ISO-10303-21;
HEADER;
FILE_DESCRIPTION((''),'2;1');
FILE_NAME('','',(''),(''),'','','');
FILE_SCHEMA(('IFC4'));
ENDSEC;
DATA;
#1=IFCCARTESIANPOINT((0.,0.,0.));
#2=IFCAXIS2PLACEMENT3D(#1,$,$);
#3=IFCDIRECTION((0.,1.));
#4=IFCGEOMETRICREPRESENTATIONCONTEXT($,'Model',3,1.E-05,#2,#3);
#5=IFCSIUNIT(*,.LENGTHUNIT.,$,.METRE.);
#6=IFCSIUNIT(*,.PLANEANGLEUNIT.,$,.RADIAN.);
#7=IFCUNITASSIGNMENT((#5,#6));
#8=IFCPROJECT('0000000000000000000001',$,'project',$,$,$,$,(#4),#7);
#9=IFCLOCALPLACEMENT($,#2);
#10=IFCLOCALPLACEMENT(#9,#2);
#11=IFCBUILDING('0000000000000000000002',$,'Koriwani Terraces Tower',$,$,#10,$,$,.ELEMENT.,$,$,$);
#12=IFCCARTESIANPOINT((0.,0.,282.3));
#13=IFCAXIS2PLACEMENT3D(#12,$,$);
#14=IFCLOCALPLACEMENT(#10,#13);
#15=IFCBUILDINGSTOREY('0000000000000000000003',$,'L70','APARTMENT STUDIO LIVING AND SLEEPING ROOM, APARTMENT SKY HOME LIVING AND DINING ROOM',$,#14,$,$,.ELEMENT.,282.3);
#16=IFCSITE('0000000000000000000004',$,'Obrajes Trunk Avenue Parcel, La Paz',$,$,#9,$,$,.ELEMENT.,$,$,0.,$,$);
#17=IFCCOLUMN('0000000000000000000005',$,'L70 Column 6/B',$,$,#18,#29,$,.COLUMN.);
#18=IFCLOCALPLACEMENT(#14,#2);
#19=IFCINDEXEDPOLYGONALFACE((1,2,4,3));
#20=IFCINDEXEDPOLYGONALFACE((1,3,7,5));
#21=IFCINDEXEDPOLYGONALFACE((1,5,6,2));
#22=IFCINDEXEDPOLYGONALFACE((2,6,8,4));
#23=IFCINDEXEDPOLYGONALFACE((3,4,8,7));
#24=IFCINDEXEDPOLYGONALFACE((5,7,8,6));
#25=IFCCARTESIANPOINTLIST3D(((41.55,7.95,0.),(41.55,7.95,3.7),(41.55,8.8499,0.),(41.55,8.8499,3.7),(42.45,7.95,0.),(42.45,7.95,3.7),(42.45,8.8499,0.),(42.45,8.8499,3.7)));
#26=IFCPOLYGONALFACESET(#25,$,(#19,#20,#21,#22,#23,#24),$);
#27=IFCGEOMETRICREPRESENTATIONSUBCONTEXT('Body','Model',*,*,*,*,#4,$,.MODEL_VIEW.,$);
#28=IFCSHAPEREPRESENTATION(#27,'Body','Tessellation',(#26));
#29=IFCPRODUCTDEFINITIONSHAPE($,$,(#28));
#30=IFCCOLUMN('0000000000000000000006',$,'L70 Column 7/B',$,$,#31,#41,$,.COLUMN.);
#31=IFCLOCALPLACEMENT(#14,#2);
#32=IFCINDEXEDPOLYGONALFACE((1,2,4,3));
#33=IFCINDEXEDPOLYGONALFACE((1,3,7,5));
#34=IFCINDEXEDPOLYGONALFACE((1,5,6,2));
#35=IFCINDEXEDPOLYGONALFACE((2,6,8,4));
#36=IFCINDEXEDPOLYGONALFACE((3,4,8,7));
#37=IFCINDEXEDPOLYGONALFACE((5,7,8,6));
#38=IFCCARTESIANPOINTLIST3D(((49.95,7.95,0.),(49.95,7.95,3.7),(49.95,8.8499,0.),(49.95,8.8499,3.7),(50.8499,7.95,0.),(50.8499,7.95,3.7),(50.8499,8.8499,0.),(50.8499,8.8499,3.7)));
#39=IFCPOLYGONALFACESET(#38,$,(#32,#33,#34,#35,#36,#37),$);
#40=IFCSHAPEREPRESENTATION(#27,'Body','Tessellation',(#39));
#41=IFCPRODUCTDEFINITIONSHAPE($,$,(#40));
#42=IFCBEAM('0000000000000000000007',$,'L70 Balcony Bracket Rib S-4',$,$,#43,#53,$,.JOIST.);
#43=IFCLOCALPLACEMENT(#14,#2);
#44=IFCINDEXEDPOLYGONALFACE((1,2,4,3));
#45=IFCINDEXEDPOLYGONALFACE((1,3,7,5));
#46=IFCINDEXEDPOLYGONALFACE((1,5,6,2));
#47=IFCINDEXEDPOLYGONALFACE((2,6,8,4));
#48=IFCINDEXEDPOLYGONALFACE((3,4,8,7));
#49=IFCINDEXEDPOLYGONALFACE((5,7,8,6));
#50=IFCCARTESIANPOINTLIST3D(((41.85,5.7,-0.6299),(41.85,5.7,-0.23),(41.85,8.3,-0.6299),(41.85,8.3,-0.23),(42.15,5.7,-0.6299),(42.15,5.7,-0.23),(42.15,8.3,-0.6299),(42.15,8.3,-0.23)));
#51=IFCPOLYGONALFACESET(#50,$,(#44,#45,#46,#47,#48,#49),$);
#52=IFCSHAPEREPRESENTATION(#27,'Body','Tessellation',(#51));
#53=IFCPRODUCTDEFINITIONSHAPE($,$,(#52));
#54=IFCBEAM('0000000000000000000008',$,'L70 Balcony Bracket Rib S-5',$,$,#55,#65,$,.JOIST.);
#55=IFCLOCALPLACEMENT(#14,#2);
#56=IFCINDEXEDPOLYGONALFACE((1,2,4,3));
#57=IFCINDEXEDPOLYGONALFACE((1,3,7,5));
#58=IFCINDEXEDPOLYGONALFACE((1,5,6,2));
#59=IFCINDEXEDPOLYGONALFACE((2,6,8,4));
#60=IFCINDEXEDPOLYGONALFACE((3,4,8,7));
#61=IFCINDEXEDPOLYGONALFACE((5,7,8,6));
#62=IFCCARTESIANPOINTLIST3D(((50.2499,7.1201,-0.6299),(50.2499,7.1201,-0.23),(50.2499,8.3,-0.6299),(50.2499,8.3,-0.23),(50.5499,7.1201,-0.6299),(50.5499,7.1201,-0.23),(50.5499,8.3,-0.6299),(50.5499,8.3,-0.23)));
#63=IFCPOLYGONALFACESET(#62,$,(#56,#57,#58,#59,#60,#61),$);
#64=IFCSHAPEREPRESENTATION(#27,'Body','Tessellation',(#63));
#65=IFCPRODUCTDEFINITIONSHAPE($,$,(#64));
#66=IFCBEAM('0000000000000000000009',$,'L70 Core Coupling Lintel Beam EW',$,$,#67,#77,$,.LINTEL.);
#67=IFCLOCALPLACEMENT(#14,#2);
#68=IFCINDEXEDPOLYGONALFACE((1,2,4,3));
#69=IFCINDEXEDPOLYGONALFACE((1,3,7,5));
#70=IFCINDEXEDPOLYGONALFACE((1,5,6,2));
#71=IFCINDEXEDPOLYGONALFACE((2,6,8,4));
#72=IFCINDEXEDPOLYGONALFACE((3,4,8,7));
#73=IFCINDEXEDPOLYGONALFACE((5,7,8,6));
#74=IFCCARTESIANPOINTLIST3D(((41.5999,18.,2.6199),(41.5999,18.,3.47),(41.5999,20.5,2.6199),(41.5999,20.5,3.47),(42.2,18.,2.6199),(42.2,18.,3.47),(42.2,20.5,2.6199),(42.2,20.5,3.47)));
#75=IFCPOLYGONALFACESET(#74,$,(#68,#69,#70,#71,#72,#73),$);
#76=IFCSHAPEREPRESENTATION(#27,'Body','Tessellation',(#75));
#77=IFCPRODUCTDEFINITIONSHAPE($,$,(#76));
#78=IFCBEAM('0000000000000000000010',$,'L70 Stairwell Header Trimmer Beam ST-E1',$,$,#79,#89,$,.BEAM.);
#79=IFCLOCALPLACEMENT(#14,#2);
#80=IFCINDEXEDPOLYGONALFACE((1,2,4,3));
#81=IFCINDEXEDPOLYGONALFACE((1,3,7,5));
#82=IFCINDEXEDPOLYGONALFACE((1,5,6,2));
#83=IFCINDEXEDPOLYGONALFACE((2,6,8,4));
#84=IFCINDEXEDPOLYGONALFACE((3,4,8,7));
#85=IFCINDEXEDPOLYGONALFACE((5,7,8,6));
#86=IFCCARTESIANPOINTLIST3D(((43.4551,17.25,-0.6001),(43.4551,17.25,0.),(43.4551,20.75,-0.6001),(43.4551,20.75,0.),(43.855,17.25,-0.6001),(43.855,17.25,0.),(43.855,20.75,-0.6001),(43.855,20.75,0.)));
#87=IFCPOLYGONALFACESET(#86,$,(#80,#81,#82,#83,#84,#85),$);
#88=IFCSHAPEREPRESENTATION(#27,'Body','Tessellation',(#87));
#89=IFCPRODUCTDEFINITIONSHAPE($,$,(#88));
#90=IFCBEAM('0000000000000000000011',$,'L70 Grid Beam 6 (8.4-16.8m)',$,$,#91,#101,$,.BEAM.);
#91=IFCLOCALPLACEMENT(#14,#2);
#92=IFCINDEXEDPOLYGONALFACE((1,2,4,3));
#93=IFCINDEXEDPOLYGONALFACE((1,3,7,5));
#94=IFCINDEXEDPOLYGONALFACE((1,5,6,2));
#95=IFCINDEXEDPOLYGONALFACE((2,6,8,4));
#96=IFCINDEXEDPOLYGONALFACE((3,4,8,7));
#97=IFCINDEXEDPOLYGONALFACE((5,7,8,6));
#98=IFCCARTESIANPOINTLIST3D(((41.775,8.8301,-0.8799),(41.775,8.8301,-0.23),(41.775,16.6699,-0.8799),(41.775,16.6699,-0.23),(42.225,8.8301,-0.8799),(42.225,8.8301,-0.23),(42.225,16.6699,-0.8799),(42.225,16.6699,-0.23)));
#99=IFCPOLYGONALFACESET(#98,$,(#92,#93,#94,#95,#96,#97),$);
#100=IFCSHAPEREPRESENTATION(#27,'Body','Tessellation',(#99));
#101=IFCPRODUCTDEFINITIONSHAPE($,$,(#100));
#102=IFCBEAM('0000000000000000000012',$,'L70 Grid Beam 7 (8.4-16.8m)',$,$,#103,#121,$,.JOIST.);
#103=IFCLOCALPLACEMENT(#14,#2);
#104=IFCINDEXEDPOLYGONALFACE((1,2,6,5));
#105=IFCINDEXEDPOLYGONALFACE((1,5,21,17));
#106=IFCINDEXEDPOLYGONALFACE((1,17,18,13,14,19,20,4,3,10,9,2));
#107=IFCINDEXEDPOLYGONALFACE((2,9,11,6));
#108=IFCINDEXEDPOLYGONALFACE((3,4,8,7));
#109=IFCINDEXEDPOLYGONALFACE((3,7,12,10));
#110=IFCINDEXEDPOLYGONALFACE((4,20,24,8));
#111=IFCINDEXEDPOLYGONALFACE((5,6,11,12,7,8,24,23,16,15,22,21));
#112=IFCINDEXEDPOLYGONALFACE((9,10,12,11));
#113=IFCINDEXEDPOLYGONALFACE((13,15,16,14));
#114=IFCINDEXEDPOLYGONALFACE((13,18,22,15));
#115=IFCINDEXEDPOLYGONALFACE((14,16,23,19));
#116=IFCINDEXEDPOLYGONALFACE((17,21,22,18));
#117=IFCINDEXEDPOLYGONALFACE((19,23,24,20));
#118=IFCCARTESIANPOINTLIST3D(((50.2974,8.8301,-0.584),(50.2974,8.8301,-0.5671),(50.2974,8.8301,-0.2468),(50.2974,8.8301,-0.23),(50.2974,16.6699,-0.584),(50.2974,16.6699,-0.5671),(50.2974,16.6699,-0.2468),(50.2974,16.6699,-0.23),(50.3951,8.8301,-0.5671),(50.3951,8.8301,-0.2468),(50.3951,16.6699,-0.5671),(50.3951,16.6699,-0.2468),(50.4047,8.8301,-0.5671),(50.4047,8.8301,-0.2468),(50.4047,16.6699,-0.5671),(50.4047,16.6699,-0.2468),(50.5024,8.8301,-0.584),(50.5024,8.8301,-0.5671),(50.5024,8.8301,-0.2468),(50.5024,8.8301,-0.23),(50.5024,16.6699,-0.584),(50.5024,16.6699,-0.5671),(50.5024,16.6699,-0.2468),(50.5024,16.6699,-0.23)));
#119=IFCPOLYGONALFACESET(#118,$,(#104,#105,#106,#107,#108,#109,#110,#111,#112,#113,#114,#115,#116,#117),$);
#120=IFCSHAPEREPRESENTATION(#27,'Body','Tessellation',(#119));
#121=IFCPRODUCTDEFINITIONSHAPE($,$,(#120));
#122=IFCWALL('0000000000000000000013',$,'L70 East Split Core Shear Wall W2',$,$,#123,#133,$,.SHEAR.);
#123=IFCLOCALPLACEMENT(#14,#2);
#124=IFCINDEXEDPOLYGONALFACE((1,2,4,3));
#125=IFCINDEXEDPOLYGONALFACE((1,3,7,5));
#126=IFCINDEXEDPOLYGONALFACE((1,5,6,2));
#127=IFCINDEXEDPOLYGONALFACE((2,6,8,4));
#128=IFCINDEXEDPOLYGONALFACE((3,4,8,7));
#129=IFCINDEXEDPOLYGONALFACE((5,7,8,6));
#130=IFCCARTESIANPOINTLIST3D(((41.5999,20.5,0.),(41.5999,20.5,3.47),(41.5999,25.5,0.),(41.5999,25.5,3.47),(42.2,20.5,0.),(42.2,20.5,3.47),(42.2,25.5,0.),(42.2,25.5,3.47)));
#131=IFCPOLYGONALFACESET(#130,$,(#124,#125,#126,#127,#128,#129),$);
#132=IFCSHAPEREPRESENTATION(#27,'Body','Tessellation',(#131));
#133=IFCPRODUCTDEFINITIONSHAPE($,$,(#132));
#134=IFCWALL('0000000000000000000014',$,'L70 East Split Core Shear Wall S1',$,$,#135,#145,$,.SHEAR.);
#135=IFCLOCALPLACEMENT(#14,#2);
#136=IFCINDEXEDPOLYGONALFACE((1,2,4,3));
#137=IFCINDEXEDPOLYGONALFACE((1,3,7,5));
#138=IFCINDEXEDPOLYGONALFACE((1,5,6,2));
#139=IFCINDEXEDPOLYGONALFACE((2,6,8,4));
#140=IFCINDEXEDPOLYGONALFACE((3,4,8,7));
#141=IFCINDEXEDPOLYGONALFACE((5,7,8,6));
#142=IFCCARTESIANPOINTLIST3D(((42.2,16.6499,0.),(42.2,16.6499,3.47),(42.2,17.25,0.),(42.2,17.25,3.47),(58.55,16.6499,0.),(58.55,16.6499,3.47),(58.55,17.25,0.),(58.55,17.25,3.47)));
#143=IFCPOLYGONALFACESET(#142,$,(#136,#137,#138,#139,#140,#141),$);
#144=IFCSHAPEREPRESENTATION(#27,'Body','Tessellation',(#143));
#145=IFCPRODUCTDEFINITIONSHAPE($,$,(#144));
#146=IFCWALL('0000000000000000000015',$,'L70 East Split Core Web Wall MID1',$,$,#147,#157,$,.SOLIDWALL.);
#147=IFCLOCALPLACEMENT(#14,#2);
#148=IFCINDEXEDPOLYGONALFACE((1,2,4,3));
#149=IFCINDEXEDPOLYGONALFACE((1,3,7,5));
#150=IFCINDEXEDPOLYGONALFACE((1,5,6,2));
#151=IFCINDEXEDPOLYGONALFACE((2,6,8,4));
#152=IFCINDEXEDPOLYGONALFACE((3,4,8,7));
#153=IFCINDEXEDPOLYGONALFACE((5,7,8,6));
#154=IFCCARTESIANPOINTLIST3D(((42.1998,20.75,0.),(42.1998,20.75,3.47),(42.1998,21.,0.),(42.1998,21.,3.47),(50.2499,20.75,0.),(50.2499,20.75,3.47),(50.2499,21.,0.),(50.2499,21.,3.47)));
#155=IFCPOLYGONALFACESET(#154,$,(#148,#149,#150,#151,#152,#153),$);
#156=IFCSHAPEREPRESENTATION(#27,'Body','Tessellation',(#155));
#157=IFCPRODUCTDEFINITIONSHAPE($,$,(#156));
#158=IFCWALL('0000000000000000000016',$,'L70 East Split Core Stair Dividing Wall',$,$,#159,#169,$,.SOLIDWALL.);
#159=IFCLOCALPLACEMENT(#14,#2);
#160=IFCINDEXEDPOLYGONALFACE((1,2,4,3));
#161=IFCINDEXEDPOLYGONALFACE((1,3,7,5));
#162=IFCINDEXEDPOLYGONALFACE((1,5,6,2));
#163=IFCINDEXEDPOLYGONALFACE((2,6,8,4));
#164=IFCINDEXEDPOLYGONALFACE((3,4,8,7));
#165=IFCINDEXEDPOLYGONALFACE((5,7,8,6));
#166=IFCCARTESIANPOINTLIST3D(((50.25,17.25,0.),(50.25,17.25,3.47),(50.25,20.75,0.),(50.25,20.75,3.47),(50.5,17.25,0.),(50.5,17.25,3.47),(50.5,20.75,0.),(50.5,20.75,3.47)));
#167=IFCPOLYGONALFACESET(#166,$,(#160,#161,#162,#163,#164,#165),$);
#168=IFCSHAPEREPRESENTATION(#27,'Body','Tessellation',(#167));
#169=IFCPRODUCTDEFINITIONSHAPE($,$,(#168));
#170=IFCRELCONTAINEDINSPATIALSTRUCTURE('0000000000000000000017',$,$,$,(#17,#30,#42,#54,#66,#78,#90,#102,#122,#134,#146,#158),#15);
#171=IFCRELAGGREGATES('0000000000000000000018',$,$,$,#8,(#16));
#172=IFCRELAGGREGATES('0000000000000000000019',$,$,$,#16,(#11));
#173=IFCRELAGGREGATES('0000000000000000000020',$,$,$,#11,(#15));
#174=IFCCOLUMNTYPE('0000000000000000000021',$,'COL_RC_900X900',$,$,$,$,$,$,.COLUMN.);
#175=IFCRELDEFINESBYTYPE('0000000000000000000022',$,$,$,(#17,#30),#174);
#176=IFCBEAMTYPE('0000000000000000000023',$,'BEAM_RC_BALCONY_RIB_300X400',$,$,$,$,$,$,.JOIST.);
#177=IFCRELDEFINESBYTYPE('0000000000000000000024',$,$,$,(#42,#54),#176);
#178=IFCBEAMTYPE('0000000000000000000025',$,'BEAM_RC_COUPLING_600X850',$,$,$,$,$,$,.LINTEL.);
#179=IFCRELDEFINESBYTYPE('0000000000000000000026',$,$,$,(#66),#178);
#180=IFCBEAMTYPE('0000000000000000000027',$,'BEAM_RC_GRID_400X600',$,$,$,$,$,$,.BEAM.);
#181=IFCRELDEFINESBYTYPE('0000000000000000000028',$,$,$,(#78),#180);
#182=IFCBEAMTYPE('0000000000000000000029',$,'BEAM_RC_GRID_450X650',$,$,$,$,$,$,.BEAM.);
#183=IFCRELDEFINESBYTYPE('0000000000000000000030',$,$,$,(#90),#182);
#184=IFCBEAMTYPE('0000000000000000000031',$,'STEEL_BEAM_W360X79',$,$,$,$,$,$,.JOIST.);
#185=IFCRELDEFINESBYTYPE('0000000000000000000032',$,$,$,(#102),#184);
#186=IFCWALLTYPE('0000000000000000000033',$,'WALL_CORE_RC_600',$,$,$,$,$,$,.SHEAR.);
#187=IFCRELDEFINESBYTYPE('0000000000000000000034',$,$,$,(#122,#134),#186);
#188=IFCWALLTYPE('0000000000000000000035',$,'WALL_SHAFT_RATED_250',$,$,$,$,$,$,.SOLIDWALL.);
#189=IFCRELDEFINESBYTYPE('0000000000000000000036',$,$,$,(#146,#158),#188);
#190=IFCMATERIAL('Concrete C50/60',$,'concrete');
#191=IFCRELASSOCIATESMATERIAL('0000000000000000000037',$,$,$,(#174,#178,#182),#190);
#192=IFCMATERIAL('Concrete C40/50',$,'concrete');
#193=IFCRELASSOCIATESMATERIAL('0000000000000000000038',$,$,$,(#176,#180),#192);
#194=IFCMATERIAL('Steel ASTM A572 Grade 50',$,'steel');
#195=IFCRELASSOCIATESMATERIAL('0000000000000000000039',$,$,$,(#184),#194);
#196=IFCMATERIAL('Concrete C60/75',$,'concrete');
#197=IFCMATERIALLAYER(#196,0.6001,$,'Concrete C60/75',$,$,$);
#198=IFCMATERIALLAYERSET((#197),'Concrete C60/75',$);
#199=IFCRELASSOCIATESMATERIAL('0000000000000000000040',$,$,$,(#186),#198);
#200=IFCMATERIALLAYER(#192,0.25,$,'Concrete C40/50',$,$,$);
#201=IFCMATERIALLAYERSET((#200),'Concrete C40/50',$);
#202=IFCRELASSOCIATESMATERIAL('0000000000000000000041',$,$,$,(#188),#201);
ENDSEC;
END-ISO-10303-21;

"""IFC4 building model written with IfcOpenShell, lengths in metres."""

from ifc_helpers import new_model, si_unit, direction, frame, frame_2d, origin, origin_2d, place, context, subcontext, project, spatial, rectangle, i_section, extrude, material, layer, layer_set, material_profile, profile_set, type_object, element, save


model = new_model("IFC4")

# Units and contexts
model_context = context("Model", 3, precision=1e-05, world=origin(), true_north=direction((0.0, 1.0)))
body_context = subcontext(model_context, "Body", "Model", "MODEL_VIEW")
ifc_project = project(units=[si_unit("LENGTHUNIT", "METRE"), si_unit("PLANEANGLEUNIT", "RADIAN")], contexts=[model_context])

# Site, building, storey
site_placement = place(None, origin())
site = spatial("IfcSite", under=ifc_project, at=site_placement, Name="Obrajes Trunk Avenue Parcel, La Paz", CompositionType="ELEMENT", RefElevation=0.0)
building_placement = place(site_placement, origin())
building = spatial("IfcBuilding", under=site, at=building_placement, Name="Koriwani Terraces Tower", CompositionType="ELEMENT")
storey_placement = place(building_placement, frame((0.0, 0.0, 282.3)))
storey = spatial("IfcBuildingStorey", under=building, at=storey_placement, Name="L70", Description="APARTMENT STUDIO LIVING AND SLEEPING ROOM, APARTMENT SKY HOME LIVING AND DINING ROOM", CompositionType="ELEMENT", Elevation=282.3)

# Columns
ifc_material_1 = material(Name="Concrete C50/60", Category="concrete")
ifc_material_profile_1 = material_profile(ifc_material_1, rectangle(XDim=0.8999, YDim=0.8999, at=origin_2d()), Name="Concrete C50/60", Category="LoadBearing")
ifc_profile_set_1 = profile_set([ifc_material_profile_1], Name="Concrete C50/60")
column_type = type_object("IfcColumnType", Name="COL_RC_900X900", PredefinedType="COLUMN", material=ifc_profile_set_1)
for number, where, z_axis, x_axis, name in (
    (1, (42.0, 8.3999, 0.0), (0.0, 0.0, 1.0), (1.0, 0.0, 0.0), "L70 Column 6/B"),
    (2, (50.3999, 8.3999, 0.0), (0.0, 0.0, 1.0), (1.0, 0.0, 0.0), "L70 Column 7/B"),
):
    element("IfcColumn", number, at=place(storey_placement, frame(where, z_axis=z_axis, x_axis=x_axis)), inside=storey, type_object=column_type, Name=name, PredefinedType="COLUMN", context=body_context, shape_type="SweptSolid", body=[
        extrude(rectangle(XDim=0.8999, YDim=0.8999, at=origin_2d()), origin(), (0.0, 0.0, 1.0), 3.7),
    ])

# Beams
ifc_material_2 = material(Name="Concrete C40/50", Category="concrete")
ifc_material_profile_2 = material_profile(ifc_material_2, rectangle(XDim=0.3, YDim=0.3999, at=origin_2d()), Name="Concrete C40/50", Category="LoadBearing")
ifc_profile_set_2 = profile_set([ifc_material_profile_2], Name="Concrete C40/50")
beam_type_1 = type_object("IfcBeamType", Name="BEAM_RC_BALCONY_RIB_300X400", PredefinedType="JOIST", material=ifc_profile_set_2)
beam_1_placement = place(storey_placement, frame((42.0, 5.7, -0.4299), z_axis=(0.0, 1.0, 0.0), x_axis=(-1.0, 0.0, 0.0)))
element("IfcBeam", 3, at=beam_1_placement, inside=storey, type_object=beam_type_1, Name="L70 Balcony Bracket Rib S-4", PredefinedType="JOIST", context=body_context, shape_type="SweptSolid", body=[
    extrude(rectangle(XDim=0.3, YDim=0.3999, at=origin_2d()), origin(), (0.0, 0.0, 1.0), 2.6001),
])
beam_2_placement = place(storey_placement, frame((50.3999, 7.1201, -0.4299), z_axis=(0.0, 1.0, 0.0), x_axis=(-1.0, 0.0, 0.0)))
element("IfcBeam", 4, at=beam_2_placement, inside=storey, type_object=beam_type_1, Name="L70 Balcony Bracket Rib S-5", PredefinedType="JOIST", context=body_context, shape_type="SweptSolid", body=[
    extrude(rectangle(XDim=0.3, YDim=0.3999, at=origin_2d()), origin(), (0.0, 0.0, 1.0), 1.1799),
])
ifc_material_profile_3 = material_profile(ifc_material_1, rectangle(XDim=0.6001, YDim=0.8501, at=origin_2d()), Name="Concrete C50/60", Category="LoadBearing")
ifc_profile_set_3 = profile_set([ifc_material_profile_3], Name="Concrete C50/60")
beam_type_2 = type_object("IfcBeamType", Name="BEAM_RC_COUPLING_600X850", PredefinedType="LINTEL", material=ifc_profile_set_3)
beam_3_placement = place(storey_placement, frame((41.8999, 18.0, 3.0449), z_axis=(0.0, 1.0, 0.0), x_axis=(-1.0, 0.0, 0.0)))
element("IfcBeam", 5, at=beam_3_placement, inside=storey, type_object=beam_type_2, Name="L70 Core Coupling Lintel Beam EW", PredefinedType="LINTEL", context=body_context, shape_type="SweptSolid", body=[
    extrude(rectangle(XDim=0.6001, YDim=0.8501, at=origin_2d()), origin(), (0.0, 0.0, 1.0), 2.5),
])
ifc_material_profile_4 = material_profile(ifc_material_2, rectangle(XDim=0.3999, YDim=0.6001, at=origin_2d()), Name="Concrete C40/50", Category="LoadBearing")
ifc_profile_set_4 = profile_set([ifc_material_profile_4], Name="Concrete C40/50")
beam_type_3 = type_object("IfcBeamType", Name="BEAM_RC_GRID_400X600", PredefinedType="BEAM", material=ifc_profile_set_4)
beam_4_placement = place(storey_placement, frame((43.655, 17.25, -0.3), z_axis=(0.0, 1.0, 0.0), x_axis=(-1.0, 0.0, 0.0)))
element("IfcBeam", 6, at=beam_4_placement, inside=storey, type_object=beam_type_3, Name="L70 Stairwell Header Trimmer Beam ST-E1", PredefinedType="BEAM", context=body_context, shape_type="SweptSolid", body=[
    extrude(rectangle(XDim=0.3999, YDim=0.6001, at=origin_2d()), origin(), (0.0, 0.0, 1.0), 3.5),
])
ifc_material_profile_5 = material_profile(ifc_material_1, rectangle(XDim=0.45, YDim=0.6499, at=origin_2d()), Name="Concrete C50/60", Category="LoadBearing")
ifc_profile_set_5 = profile_set([ifc_material_profile_5], Name="Concrete C50/60")
beam_type_4 = type_object("IfcBeamType", Name="BEAM_RC_GRID_450X650", PredefinedType="BEAM", material=ifc_profile_set_5)
beam_5_placement = place(storey_placement, frame((42.0, 8.8301, -0.5549), z_axis=(0.0, 1.0, 0.0), x_axis=(-1.0, 0.0, 0.0)))
element("IfcBeam", 7, at=beam_5_placement, inside=storey, type_object=beam_type_4, Name="L70 Grid Beam 6 (8.4-16.8m)", PredefinedType="BEAM", context=body_context, shape_type="SweptSolid", body=[
    extrude(rectangle(XDim=0.45, YDim=0.6499, at=origin_2d()), origin(), (0.0, 0.0, 1.0), 7.8398),
])
ifc_material_3 = material(Name="Steel ASTM A572 Grade 50", Category="steel")
ifc_material_profile_6 = material_profile(ifc_material_3, i_section(OverallWidth=0.2051, OverallDepth=0.354, WebThickness=0.0095, FlangeThickness=0.0168, at=origin_2d()), Name="Steel ASTM A572 Grade 50", Category="LoadBearing")
ifc_profile_set_6 = profile_set([ifc_material_profile_6], Name="Steel ASTM A572 Grade 50")
beam_type_5 = type_object("IfcBeamType", Name="STEEL_BEAM_W360X79", PredefinedType="JOIST", material=ifc_profile_set_6)
beam_6_placement = place(storey_placement, frame((50.3999, 8.8301, -0.407), z_axis=(0.0, 1.0, 0.0), x_axis=(-1.0, 0.0, 0.0)))
element("IfcBeam", 8, at=beam_6_placement, inside=storey, type_object=beam_type_5, Name="L70 Grid Beam 7 (8.4-16.8m)", PredefinedType="JOIST", context=body_context, shape_type="SweptSolid", body=[
    extrude(i_section(OverallWidth=0.2051, OverallDepth=0.354, WebThickness=0.0095, FlangeThickness=0.0168, at=origin_2d()), origin(), (0.0, 0.0, 1.0), 7.8398),
])

# Walls
ifc_material_4 = material(Name="Concrete C60/75", Category="concrete")
ifc_layer_1 = layer(ifc_material_4, 0.6001, Name="Concrete C60/75")
ifc_layer_set_1 = layer_set([ifc_layer_1], Name="Concrete C60/75")
wall_type_1 = type_object("IfcWallType", Name="WALL_CORE_RC_600", PredefinedType="SHEAR", material=ifc_layer_set_1)
wall_1_placement = place(storey_placement, frame((41.8999, 20.5, 0.0), z_axis=(0.0, 0.0, 1.0), x_axis=(0.0, 1.0, 0.0)))
element("IfcWall", 9, at=wall_1_placement, inside=storey, type_object=wall_type_1, Name="L70 East Split Core Shear Wall W2", PredefinedType="SHEAR", context=body_context, shape_type="SweptSolid", body=[
    extrude(rectangle(XDim=5.0, YDim=0.6001, at=frame_2d((2.5, 0.0))), origin(), (0.0, 0.0, 1.0), 3.47),
])
wall_2_placement = place(storey_placement, frame((42.2, 16.95, 0.0), z_axis=(0.0, 0.0, 1.0), x_axis=(1.0, 0.0, 0.0)))
element("IfcWall", 10, at=wall_2_placement, inside=storey, type_object=wall_type_1, Name="L70 East Split Core Shear Wall S1", PredefinedType="SHEAR", context=body_context, shape_type="SweptSolid", body=[
    extrude(rectangle(XDim=16.3501, YDim=0.6001, at=frame_2d((8.175, 0.0))), origin(), (0.0, 0.0, 1.0), 3.47),
])
ifc_layer_2 = layer(ifc_material_2, 0.25, Name="Concrete C40/50")
ifc_layer_set_2 = layer_set([ifc_layer_2], Name="Concrete C40/50")
wall_type_2 = type_object("IfcWallType", Name="WALL_SHAFT_RATED_250", PredefinedType="SOLIDWALL", material=ifc_layer_set_2)
wall_3_placement = place(storey_placement, frame((42.2, 20.875, 0.0), z_axis=(0.0, 0.0, 1.0), x_axis=(1.0, 0.0, 0.0)))
element("IfcWall", 11, at=wall_3_placement, inside=storey, type_object=wall_type_2, Name="L70 East Split Core Web Wall MID1", PredefinedType="SOLIDWALL", context=body_context, shape_type="SweptSolid", body=[
    extrude(rectangle(XDim=8.05, YDim=0.25, at=frame_2d((4.0249, 0.0))), origin(), (0.0, 0.0, 1.0), 3.47),
])
wall_4_placement = place(storey_placement, frame((50.375, 17.25, 0.0), z_axis=(0.0, 0.0, 1.0), x_axis=(0.0, 1.0, 0.0)))
element("IfcWall", 12, at=wall_4_placement, inside=storey, type_object=wall_type_2, Name="L70 East Split Core Stair Dividing Wall", PredefinedType="SOLIDWALL", context=body_context, shape_type="SweptSolid", body=[
    extrude(rectangle(XDim=3.5, YDim=0.25, at=frame_2d((1.75, 0.0))), origin(), (0.0, 0.0, 1.0), 3.47),
])

save(model, "model.ifc")
